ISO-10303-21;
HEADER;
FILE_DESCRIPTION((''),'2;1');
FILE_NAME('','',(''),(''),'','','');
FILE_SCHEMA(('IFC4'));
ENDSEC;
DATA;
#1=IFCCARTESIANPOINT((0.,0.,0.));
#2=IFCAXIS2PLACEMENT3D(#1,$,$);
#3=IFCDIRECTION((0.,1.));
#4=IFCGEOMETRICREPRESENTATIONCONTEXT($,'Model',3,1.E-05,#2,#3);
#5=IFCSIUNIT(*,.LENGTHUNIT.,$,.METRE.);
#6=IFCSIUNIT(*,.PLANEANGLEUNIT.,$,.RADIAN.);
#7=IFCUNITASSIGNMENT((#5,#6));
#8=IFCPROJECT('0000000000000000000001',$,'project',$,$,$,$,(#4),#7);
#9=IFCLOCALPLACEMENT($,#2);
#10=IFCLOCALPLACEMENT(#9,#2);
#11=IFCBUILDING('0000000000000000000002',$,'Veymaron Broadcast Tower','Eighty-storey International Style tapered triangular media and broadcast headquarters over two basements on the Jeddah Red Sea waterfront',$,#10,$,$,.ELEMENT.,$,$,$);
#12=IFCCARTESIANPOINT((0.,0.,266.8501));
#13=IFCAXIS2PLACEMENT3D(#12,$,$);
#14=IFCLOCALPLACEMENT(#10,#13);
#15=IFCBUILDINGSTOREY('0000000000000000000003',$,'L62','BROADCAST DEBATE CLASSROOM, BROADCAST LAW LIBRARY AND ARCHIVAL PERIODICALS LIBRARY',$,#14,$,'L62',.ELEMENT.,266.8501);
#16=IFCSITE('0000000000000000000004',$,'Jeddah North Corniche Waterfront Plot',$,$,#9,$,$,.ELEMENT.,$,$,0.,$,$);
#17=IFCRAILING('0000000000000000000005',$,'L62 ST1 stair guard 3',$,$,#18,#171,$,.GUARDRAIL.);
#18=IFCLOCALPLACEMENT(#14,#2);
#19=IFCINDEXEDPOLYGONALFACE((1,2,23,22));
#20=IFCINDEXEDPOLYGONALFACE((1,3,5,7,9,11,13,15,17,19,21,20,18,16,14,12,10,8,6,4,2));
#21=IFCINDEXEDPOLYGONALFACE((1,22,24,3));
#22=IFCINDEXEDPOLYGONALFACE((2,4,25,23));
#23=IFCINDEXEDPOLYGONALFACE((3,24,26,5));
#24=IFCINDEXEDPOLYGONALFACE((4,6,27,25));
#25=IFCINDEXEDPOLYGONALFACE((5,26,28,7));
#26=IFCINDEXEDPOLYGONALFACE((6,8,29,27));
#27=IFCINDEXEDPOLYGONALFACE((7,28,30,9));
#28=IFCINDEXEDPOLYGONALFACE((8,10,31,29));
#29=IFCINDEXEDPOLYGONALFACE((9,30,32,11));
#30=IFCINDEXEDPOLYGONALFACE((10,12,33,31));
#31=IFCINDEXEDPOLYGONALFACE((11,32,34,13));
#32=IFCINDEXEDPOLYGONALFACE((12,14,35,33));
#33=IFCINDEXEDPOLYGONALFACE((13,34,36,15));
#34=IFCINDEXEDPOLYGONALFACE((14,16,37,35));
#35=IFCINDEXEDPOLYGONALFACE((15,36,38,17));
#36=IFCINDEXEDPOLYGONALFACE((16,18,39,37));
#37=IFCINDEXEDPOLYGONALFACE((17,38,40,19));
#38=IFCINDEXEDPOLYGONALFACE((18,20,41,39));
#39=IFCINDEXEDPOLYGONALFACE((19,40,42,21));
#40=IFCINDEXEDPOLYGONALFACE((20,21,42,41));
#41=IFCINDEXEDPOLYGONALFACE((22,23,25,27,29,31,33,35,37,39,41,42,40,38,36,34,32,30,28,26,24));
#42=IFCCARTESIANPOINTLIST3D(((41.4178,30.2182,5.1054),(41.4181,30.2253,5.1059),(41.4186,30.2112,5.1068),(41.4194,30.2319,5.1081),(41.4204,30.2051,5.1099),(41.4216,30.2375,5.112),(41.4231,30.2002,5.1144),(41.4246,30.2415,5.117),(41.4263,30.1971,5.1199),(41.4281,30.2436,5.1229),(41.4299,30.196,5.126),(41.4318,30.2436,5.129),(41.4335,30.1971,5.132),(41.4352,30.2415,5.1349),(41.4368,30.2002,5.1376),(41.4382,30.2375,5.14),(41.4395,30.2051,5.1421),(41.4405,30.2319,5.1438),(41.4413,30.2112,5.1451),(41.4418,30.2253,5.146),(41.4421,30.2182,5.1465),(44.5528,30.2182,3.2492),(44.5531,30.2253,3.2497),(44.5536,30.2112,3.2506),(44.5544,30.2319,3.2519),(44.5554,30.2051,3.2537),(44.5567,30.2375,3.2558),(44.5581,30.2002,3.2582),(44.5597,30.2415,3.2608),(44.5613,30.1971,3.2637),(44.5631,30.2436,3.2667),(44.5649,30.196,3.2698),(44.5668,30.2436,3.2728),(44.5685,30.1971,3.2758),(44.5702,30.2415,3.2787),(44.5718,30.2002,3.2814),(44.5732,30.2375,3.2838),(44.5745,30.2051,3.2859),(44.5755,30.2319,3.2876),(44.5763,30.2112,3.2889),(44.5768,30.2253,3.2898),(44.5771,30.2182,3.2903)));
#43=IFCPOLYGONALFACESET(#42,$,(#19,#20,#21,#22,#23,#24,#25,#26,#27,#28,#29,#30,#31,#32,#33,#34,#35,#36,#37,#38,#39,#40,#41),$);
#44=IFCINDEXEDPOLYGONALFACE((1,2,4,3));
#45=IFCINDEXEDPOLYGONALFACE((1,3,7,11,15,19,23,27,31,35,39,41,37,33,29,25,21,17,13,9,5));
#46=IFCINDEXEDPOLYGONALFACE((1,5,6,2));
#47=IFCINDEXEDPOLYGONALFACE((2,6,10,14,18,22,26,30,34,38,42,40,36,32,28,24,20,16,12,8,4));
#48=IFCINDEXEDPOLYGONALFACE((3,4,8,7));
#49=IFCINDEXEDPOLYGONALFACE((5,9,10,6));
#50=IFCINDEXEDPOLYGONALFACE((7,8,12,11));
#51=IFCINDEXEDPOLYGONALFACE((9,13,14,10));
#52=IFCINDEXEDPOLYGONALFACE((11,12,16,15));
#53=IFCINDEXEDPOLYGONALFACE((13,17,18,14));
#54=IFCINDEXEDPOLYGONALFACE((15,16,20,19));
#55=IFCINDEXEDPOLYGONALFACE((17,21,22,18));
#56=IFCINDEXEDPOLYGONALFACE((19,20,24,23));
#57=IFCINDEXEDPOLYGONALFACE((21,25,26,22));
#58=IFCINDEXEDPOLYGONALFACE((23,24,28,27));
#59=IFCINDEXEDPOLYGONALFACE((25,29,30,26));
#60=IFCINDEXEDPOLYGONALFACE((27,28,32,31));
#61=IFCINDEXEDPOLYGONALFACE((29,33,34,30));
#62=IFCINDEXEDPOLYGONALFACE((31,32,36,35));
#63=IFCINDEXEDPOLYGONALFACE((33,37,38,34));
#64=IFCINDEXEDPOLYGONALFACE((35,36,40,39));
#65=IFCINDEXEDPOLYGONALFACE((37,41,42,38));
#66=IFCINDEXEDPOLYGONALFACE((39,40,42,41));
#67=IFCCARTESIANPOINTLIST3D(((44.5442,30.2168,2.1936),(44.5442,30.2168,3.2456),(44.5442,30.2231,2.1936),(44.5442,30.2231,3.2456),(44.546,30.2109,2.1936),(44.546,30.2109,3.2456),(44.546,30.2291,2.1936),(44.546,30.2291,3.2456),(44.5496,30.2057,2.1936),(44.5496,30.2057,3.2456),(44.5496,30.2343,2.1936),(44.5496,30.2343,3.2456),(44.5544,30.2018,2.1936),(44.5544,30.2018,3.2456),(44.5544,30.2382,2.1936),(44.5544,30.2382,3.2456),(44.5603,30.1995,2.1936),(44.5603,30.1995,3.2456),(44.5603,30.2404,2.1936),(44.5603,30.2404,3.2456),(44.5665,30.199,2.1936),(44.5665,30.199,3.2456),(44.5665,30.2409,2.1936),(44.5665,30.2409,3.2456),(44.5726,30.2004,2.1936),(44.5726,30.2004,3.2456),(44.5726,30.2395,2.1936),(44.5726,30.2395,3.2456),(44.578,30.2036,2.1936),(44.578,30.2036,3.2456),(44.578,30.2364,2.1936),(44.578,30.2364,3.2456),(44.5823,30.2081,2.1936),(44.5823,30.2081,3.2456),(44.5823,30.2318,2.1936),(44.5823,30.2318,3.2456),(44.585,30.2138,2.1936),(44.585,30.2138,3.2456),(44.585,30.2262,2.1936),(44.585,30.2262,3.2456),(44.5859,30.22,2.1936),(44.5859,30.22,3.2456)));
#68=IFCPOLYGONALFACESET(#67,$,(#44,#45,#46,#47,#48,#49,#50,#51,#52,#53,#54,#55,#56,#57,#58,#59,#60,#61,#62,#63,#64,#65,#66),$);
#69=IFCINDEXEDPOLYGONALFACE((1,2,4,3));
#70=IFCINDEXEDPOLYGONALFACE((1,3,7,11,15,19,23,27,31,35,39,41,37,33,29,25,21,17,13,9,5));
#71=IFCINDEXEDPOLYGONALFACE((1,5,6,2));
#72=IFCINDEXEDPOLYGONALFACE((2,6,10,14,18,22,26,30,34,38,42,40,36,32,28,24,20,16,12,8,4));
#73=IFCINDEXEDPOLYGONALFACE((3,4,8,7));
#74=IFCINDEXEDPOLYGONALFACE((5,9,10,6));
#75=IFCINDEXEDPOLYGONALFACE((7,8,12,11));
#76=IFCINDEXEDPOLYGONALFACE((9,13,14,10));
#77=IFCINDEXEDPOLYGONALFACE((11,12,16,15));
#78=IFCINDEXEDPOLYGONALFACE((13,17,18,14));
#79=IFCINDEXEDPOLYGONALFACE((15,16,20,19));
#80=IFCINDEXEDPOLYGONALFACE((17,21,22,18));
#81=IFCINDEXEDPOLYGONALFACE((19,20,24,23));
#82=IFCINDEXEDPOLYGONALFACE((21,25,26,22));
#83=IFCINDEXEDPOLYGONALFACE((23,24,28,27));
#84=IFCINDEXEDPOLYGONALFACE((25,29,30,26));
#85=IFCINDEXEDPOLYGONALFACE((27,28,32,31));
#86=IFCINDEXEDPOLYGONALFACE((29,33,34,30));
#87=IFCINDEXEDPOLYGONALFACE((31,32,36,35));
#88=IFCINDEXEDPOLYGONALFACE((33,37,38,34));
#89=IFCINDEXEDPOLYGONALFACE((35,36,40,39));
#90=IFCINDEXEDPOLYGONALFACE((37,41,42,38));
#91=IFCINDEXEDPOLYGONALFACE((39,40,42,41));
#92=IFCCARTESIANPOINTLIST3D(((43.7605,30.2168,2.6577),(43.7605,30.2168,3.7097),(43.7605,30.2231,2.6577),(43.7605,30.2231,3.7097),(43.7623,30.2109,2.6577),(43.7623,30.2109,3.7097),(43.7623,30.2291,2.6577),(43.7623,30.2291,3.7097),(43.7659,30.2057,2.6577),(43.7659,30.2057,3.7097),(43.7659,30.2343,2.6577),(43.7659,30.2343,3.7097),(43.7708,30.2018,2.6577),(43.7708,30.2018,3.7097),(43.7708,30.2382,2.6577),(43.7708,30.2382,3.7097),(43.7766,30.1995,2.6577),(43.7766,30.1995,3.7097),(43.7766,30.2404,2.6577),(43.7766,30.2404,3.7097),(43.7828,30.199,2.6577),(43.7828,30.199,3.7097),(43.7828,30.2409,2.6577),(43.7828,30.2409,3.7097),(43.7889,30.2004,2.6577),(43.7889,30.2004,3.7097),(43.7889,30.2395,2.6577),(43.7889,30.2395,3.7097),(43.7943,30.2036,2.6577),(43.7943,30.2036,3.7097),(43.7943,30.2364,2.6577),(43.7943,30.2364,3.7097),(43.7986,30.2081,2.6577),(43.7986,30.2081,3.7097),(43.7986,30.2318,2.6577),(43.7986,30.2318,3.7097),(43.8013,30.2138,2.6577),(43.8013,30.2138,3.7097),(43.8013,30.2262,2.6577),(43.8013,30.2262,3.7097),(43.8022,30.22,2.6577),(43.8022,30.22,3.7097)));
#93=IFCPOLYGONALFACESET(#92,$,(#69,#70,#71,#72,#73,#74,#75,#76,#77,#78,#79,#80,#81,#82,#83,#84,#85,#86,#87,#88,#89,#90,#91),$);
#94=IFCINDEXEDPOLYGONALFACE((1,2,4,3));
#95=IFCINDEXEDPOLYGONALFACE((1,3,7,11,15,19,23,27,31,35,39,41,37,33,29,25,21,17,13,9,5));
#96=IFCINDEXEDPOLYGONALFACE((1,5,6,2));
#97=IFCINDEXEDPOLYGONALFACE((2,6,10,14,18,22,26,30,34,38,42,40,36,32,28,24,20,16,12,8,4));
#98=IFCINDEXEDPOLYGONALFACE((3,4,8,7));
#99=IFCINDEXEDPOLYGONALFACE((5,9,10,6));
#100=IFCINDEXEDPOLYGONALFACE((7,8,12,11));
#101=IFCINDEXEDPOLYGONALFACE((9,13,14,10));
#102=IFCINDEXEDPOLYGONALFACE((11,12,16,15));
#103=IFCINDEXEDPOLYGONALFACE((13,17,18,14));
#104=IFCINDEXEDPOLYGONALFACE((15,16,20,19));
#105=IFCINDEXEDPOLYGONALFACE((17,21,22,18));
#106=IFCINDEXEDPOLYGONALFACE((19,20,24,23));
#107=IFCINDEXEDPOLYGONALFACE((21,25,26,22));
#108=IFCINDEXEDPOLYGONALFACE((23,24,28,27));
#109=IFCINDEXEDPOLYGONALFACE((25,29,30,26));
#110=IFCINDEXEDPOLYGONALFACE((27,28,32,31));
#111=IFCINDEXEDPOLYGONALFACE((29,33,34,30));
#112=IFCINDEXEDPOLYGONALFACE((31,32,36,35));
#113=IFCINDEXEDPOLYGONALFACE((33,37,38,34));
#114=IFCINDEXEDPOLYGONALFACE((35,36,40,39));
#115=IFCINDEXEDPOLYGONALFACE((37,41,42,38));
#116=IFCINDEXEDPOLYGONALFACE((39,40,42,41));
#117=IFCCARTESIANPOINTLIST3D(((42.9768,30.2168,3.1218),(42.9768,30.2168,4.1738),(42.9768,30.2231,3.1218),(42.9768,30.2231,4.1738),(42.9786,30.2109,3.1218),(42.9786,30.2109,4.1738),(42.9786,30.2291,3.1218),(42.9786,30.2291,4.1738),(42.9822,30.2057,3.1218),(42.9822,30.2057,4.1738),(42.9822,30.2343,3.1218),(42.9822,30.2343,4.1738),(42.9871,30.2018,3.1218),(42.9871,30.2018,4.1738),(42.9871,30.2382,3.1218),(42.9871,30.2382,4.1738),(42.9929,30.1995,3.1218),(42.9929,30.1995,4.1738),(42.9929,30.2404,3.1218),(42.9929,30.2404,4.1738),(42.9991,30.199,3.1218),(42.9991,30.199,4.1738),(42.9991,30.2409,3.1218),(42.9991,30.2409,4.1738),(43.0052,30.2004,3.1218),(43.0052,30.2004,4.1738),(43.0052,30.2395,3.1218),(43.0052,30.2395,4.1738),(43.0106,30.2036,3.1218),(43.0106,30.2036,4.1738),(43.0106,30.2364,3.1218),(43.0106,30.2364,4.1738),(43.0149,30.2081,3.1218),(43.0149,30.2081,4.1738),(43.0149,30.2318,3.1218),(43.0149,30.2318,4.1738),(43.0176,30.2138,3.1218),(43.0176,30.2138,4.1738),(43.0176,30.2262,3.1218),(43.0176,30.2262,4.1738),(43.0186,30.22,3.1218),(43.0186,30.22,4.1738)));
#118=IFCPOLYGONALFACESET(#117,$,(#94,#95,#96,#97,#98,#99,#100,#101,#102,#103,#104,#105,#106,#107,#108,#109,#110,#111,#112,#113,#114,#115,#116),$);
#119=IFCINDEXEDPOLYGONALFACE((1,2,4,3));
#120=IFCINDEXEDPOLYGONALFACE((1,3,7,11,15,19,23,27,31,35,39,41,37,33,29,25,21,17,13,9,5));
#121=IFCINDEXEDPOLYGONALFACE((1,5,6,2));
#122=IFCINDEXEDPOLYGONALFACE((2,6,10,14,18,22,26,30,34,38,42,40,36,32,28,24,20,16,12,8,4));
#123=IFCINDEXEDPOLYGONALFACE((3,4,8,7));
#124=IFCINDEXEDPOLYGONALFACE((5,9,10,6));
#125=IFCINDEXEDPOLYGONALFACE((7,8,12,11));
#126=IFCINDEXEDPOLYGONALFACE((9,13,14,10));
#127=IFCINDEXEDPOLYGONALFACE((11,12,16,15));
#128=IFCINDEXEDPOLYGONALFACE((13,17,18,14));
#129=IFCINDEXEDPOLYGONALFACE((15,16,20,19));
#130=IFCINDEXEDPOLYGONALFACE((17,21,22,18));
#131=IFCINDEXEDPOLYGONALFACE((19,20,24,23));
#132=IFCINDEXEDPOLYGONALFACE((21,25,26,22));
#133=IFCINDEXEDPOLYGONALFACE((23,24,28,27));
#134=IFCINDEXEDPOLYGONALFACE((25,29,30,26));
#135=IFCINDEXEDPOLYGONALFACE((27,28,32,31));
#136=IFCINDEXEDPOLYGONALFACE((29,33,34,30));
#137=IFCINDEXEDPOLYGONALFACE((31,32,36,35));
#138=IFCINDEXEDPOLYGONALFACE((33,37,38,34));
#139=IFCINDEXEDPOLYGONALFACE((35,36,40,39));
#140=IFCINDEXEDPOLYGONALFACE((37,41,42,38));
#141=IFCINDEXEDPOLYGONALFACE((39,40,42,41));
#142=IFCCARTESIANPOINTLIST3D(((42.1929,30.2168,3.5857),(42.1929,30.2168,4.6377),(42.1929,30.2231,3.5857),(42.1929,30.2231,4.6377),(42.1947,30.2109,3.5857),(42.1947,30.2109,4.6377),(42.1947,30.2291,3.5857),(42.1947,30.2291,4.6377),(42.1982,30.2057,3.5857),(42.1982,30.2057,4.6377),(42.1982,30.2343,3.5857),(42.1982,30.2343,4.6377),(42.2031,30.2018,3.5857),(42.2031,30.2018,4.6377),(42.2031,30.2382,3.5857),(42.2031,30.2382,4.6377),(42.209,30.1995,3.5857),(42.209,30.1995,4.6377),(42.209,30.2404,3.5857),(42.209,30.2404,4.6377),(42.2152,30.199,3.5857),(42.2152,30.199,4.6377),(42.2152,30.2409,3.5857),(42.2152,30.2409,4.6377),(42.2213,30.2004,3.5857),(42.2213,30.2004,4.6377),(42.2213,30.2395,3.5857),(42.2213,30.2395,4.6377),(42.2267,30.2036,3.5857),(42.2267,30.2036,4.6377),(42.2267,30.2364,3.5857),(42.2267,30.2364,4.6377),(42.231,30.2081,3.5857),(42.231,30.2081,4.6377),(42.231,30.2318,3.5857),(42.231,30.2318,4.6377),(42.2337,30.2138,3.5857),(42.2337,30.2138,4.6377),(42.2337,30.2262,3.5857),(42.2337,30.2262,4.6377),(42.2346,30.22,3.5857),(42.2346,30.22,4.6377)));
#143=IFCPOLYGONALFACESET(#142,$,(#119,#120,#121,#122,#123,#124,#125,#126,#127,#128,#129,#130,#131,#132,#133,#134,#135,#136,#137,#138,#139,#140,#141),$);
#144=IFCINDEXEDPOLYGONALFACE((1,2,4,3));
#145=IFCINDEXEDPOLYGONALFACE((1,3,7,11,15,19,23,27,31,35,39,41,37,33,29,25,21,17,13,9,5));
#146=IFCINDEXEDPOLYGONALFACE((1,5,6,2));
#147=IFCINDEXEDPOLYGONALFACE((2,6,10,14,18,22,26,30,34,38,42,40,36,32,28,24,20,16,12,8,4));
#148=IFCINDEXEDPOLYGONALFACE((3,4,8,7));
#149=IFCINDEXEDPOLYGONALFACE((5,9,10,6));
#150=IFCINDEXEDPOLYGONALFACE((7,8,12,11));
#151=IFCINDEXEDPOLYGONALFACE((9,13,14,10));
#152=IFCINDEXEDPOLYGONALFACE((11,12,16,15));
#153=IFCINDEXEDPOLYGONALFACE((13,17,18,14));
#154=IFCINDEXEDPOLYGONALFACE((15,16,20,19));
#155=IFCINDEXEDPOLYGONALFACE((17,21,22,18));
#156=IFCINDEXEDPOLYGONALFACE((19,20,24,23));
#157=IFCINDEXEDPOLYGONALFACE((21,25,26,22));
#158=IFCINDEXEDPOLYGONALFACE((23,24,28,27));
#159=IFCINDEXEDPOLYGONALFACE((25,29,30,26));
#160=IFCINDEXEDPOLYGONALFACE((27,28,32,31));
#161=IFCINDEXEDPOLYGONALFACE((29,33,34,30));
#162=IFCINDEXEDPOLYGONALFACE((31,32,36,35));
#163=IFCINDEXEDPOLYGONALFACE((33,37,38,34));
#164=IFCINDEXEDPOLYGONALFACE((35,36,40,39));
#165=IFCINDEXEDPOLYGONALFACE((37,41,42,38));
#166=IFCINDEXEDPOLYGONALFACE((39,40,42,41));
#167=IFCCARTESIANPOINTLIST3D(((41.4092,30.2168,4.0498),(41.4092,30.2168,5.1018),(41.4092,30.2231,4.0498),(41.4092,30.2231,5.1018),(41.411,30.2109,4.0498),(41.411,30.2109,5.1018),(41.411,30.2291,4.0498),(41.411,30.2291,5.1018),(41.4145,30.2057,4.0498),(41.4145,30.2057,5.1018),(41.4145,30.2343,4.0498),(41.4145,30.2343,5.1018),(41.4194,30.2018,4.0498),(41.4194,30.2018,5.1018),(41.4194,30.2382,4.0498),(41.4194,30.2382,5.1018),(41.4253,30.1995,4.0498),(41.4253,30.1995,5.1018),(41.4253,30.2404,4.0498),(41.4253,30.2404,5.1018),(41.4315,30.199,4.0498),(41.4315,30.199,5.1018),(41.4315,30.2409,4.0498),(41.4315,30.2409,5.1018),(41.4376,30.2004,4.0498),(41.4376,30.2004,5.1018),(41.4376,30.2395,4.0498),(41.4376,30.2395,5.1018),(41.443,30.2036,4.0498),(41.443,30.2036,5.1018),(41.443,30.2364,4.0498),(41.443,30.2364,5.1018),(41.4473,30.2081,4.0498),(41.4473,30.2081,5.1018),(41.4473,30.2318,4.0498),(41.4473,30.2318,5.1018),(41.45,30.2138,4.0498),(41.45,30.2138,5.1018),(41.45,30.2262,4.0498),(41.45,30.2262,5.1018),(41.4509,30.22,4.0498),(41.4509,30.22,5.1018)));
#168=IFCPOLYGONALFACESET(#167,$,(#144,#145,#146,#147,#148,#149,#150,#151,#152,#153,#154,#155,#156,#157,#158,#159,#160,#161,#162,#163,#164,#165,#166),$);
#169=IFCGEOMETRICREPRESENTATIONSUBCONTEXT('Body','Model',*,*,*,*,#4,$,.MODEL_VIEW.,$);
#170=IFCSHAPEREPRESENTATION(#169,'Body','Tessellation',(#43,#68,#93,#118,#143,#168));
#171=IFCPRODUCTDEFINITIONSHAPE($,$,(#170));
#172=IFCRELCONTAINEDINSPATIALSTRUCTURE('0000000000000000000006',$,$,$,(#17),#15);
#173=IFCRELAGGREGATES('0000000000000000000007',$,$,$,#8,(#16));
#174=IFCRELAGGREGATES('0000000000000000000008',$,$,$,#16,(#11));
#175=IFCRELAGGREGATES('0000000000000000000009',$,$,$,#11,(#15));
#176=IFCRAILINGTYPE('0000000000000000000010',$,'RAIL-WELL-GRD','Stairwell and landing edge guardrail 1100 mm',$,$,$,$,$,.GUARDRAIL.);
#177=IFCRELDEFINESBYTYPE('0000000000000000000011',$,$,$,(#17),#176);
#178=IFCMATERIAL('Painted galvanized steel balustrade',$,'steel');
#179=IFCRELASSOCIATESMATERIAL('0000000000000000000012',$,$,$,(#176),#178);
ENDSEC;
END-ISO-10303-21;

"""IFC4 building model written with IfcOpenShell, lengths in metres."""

from ifc_helpers import new_model, si_unit, direction, frame, origin, origin_2d, place, context, subcontext, project, spatial, circle, extrude, material, type_object, element, save


model = new_model("IFC4")

# Units and contexts
model_context = context("Model", 3, precision=1e-05, world=origin(), true_north=direction((0.0, 1.0)))
body_context = subcontext(model_context, "Body", "Model", "MODEL_VIEW")
ifc_project = project(units=[si_unit("LENGTHUNIT", "METRE"), si_unit("PLANEANGLEUNIT", "RADIAN")], contexts=[model_context])

# Site, building, storey
site_placement = place(None, origin())
site = spatial("IfcSite", under=ifc_project, at=site_placement, Name="Jeddah North Corniche Waterfront Plot", CompositionType="ELEMENT", RefElevation=0.0)
building_placement = place(site_placement, origin())
building = spatial("IfcBuilding", under=site, at=building_placement, Name="Veymaron Broadcast Tower", Description="Eighty-storey International Style tapered triangular media and broadcast headquarters over two basements on the Jeddah Red Sea waterfront", CompositionType="ELEMENT")
storey_placement = place(building_placement, frame((0.0, 0.0, 266.8501)))
storey = spatial("IfcBuildingStorey", under=building, at=storey_placement, Name="L62", Description="BROADCAST DEBATE CLASSROOM, BROADCAST LAW LIBRARY AND ARCHIVAL PERIODICALS LIBRARY", LongName="L62", CompositionType="ELEMENT", Elevation=266.8501)

# Railing
ifc_material_1 = material(Name="Painted galvanized steel balustrade", Category="steel")
railing_type_1 = type_object("IfcRailingType", Name="RAIL-WELL-GRD", Description="Stairwell and landing edge guardrail 1100 mm", PredefinedType="GUARDRAIL", material=ifc_material_1)
railing_1_placement = place(storey_placement, frame((44.5649, 30.22, 2.1936)))
element("IfcRailing", 1, at=railing_1_placement, inside=storey, type_object=railing_type_1, Name="L62 ST1 stair guard 3", PredefinedType="GUARDRAIL", context=body_context, shape_type="SweptSolid", body=[
    extrude(circle(Radius=0.0239, at=origin_2d()), frame((0.0, 0.0, 1.0762), z_axis=(-0.860482, 0.0, 0.509481), x_axis=(0.0, -1.0, 0.0)), (0.0, 0.0, 1.0), 3.6433),
    extrude(circle(Radius=0.021, at=origin_2d()), origin(), (0.0, 0.0, 1.0), 1.052),
    extrude(circle(Radius=0.021, at=origin_2d()), frame((-0.7837, 0.0, 0.4641)), (0.0, 0.0, 1.0), 1.052),
    extrude(circle(Radius=0.021, at=origin_2d()), frame((-1.5674, 0.0, 0.9282)), (0.0, 0.0, 1.0), 1.052),
    extrude(circle(Radius=0.021, at=origin_2d()), frame((-2.3513, 0.0, 1.3921)), (0.0, 0.0, 1.0), 1.052),
    extrude(circle(Radius=0.021, at=origin_2d()), frame((-3.135, 0.0, 1.8562)), (0.0, 0.0, 1.0), 1.052),
])

save(model, "model.ifc")
